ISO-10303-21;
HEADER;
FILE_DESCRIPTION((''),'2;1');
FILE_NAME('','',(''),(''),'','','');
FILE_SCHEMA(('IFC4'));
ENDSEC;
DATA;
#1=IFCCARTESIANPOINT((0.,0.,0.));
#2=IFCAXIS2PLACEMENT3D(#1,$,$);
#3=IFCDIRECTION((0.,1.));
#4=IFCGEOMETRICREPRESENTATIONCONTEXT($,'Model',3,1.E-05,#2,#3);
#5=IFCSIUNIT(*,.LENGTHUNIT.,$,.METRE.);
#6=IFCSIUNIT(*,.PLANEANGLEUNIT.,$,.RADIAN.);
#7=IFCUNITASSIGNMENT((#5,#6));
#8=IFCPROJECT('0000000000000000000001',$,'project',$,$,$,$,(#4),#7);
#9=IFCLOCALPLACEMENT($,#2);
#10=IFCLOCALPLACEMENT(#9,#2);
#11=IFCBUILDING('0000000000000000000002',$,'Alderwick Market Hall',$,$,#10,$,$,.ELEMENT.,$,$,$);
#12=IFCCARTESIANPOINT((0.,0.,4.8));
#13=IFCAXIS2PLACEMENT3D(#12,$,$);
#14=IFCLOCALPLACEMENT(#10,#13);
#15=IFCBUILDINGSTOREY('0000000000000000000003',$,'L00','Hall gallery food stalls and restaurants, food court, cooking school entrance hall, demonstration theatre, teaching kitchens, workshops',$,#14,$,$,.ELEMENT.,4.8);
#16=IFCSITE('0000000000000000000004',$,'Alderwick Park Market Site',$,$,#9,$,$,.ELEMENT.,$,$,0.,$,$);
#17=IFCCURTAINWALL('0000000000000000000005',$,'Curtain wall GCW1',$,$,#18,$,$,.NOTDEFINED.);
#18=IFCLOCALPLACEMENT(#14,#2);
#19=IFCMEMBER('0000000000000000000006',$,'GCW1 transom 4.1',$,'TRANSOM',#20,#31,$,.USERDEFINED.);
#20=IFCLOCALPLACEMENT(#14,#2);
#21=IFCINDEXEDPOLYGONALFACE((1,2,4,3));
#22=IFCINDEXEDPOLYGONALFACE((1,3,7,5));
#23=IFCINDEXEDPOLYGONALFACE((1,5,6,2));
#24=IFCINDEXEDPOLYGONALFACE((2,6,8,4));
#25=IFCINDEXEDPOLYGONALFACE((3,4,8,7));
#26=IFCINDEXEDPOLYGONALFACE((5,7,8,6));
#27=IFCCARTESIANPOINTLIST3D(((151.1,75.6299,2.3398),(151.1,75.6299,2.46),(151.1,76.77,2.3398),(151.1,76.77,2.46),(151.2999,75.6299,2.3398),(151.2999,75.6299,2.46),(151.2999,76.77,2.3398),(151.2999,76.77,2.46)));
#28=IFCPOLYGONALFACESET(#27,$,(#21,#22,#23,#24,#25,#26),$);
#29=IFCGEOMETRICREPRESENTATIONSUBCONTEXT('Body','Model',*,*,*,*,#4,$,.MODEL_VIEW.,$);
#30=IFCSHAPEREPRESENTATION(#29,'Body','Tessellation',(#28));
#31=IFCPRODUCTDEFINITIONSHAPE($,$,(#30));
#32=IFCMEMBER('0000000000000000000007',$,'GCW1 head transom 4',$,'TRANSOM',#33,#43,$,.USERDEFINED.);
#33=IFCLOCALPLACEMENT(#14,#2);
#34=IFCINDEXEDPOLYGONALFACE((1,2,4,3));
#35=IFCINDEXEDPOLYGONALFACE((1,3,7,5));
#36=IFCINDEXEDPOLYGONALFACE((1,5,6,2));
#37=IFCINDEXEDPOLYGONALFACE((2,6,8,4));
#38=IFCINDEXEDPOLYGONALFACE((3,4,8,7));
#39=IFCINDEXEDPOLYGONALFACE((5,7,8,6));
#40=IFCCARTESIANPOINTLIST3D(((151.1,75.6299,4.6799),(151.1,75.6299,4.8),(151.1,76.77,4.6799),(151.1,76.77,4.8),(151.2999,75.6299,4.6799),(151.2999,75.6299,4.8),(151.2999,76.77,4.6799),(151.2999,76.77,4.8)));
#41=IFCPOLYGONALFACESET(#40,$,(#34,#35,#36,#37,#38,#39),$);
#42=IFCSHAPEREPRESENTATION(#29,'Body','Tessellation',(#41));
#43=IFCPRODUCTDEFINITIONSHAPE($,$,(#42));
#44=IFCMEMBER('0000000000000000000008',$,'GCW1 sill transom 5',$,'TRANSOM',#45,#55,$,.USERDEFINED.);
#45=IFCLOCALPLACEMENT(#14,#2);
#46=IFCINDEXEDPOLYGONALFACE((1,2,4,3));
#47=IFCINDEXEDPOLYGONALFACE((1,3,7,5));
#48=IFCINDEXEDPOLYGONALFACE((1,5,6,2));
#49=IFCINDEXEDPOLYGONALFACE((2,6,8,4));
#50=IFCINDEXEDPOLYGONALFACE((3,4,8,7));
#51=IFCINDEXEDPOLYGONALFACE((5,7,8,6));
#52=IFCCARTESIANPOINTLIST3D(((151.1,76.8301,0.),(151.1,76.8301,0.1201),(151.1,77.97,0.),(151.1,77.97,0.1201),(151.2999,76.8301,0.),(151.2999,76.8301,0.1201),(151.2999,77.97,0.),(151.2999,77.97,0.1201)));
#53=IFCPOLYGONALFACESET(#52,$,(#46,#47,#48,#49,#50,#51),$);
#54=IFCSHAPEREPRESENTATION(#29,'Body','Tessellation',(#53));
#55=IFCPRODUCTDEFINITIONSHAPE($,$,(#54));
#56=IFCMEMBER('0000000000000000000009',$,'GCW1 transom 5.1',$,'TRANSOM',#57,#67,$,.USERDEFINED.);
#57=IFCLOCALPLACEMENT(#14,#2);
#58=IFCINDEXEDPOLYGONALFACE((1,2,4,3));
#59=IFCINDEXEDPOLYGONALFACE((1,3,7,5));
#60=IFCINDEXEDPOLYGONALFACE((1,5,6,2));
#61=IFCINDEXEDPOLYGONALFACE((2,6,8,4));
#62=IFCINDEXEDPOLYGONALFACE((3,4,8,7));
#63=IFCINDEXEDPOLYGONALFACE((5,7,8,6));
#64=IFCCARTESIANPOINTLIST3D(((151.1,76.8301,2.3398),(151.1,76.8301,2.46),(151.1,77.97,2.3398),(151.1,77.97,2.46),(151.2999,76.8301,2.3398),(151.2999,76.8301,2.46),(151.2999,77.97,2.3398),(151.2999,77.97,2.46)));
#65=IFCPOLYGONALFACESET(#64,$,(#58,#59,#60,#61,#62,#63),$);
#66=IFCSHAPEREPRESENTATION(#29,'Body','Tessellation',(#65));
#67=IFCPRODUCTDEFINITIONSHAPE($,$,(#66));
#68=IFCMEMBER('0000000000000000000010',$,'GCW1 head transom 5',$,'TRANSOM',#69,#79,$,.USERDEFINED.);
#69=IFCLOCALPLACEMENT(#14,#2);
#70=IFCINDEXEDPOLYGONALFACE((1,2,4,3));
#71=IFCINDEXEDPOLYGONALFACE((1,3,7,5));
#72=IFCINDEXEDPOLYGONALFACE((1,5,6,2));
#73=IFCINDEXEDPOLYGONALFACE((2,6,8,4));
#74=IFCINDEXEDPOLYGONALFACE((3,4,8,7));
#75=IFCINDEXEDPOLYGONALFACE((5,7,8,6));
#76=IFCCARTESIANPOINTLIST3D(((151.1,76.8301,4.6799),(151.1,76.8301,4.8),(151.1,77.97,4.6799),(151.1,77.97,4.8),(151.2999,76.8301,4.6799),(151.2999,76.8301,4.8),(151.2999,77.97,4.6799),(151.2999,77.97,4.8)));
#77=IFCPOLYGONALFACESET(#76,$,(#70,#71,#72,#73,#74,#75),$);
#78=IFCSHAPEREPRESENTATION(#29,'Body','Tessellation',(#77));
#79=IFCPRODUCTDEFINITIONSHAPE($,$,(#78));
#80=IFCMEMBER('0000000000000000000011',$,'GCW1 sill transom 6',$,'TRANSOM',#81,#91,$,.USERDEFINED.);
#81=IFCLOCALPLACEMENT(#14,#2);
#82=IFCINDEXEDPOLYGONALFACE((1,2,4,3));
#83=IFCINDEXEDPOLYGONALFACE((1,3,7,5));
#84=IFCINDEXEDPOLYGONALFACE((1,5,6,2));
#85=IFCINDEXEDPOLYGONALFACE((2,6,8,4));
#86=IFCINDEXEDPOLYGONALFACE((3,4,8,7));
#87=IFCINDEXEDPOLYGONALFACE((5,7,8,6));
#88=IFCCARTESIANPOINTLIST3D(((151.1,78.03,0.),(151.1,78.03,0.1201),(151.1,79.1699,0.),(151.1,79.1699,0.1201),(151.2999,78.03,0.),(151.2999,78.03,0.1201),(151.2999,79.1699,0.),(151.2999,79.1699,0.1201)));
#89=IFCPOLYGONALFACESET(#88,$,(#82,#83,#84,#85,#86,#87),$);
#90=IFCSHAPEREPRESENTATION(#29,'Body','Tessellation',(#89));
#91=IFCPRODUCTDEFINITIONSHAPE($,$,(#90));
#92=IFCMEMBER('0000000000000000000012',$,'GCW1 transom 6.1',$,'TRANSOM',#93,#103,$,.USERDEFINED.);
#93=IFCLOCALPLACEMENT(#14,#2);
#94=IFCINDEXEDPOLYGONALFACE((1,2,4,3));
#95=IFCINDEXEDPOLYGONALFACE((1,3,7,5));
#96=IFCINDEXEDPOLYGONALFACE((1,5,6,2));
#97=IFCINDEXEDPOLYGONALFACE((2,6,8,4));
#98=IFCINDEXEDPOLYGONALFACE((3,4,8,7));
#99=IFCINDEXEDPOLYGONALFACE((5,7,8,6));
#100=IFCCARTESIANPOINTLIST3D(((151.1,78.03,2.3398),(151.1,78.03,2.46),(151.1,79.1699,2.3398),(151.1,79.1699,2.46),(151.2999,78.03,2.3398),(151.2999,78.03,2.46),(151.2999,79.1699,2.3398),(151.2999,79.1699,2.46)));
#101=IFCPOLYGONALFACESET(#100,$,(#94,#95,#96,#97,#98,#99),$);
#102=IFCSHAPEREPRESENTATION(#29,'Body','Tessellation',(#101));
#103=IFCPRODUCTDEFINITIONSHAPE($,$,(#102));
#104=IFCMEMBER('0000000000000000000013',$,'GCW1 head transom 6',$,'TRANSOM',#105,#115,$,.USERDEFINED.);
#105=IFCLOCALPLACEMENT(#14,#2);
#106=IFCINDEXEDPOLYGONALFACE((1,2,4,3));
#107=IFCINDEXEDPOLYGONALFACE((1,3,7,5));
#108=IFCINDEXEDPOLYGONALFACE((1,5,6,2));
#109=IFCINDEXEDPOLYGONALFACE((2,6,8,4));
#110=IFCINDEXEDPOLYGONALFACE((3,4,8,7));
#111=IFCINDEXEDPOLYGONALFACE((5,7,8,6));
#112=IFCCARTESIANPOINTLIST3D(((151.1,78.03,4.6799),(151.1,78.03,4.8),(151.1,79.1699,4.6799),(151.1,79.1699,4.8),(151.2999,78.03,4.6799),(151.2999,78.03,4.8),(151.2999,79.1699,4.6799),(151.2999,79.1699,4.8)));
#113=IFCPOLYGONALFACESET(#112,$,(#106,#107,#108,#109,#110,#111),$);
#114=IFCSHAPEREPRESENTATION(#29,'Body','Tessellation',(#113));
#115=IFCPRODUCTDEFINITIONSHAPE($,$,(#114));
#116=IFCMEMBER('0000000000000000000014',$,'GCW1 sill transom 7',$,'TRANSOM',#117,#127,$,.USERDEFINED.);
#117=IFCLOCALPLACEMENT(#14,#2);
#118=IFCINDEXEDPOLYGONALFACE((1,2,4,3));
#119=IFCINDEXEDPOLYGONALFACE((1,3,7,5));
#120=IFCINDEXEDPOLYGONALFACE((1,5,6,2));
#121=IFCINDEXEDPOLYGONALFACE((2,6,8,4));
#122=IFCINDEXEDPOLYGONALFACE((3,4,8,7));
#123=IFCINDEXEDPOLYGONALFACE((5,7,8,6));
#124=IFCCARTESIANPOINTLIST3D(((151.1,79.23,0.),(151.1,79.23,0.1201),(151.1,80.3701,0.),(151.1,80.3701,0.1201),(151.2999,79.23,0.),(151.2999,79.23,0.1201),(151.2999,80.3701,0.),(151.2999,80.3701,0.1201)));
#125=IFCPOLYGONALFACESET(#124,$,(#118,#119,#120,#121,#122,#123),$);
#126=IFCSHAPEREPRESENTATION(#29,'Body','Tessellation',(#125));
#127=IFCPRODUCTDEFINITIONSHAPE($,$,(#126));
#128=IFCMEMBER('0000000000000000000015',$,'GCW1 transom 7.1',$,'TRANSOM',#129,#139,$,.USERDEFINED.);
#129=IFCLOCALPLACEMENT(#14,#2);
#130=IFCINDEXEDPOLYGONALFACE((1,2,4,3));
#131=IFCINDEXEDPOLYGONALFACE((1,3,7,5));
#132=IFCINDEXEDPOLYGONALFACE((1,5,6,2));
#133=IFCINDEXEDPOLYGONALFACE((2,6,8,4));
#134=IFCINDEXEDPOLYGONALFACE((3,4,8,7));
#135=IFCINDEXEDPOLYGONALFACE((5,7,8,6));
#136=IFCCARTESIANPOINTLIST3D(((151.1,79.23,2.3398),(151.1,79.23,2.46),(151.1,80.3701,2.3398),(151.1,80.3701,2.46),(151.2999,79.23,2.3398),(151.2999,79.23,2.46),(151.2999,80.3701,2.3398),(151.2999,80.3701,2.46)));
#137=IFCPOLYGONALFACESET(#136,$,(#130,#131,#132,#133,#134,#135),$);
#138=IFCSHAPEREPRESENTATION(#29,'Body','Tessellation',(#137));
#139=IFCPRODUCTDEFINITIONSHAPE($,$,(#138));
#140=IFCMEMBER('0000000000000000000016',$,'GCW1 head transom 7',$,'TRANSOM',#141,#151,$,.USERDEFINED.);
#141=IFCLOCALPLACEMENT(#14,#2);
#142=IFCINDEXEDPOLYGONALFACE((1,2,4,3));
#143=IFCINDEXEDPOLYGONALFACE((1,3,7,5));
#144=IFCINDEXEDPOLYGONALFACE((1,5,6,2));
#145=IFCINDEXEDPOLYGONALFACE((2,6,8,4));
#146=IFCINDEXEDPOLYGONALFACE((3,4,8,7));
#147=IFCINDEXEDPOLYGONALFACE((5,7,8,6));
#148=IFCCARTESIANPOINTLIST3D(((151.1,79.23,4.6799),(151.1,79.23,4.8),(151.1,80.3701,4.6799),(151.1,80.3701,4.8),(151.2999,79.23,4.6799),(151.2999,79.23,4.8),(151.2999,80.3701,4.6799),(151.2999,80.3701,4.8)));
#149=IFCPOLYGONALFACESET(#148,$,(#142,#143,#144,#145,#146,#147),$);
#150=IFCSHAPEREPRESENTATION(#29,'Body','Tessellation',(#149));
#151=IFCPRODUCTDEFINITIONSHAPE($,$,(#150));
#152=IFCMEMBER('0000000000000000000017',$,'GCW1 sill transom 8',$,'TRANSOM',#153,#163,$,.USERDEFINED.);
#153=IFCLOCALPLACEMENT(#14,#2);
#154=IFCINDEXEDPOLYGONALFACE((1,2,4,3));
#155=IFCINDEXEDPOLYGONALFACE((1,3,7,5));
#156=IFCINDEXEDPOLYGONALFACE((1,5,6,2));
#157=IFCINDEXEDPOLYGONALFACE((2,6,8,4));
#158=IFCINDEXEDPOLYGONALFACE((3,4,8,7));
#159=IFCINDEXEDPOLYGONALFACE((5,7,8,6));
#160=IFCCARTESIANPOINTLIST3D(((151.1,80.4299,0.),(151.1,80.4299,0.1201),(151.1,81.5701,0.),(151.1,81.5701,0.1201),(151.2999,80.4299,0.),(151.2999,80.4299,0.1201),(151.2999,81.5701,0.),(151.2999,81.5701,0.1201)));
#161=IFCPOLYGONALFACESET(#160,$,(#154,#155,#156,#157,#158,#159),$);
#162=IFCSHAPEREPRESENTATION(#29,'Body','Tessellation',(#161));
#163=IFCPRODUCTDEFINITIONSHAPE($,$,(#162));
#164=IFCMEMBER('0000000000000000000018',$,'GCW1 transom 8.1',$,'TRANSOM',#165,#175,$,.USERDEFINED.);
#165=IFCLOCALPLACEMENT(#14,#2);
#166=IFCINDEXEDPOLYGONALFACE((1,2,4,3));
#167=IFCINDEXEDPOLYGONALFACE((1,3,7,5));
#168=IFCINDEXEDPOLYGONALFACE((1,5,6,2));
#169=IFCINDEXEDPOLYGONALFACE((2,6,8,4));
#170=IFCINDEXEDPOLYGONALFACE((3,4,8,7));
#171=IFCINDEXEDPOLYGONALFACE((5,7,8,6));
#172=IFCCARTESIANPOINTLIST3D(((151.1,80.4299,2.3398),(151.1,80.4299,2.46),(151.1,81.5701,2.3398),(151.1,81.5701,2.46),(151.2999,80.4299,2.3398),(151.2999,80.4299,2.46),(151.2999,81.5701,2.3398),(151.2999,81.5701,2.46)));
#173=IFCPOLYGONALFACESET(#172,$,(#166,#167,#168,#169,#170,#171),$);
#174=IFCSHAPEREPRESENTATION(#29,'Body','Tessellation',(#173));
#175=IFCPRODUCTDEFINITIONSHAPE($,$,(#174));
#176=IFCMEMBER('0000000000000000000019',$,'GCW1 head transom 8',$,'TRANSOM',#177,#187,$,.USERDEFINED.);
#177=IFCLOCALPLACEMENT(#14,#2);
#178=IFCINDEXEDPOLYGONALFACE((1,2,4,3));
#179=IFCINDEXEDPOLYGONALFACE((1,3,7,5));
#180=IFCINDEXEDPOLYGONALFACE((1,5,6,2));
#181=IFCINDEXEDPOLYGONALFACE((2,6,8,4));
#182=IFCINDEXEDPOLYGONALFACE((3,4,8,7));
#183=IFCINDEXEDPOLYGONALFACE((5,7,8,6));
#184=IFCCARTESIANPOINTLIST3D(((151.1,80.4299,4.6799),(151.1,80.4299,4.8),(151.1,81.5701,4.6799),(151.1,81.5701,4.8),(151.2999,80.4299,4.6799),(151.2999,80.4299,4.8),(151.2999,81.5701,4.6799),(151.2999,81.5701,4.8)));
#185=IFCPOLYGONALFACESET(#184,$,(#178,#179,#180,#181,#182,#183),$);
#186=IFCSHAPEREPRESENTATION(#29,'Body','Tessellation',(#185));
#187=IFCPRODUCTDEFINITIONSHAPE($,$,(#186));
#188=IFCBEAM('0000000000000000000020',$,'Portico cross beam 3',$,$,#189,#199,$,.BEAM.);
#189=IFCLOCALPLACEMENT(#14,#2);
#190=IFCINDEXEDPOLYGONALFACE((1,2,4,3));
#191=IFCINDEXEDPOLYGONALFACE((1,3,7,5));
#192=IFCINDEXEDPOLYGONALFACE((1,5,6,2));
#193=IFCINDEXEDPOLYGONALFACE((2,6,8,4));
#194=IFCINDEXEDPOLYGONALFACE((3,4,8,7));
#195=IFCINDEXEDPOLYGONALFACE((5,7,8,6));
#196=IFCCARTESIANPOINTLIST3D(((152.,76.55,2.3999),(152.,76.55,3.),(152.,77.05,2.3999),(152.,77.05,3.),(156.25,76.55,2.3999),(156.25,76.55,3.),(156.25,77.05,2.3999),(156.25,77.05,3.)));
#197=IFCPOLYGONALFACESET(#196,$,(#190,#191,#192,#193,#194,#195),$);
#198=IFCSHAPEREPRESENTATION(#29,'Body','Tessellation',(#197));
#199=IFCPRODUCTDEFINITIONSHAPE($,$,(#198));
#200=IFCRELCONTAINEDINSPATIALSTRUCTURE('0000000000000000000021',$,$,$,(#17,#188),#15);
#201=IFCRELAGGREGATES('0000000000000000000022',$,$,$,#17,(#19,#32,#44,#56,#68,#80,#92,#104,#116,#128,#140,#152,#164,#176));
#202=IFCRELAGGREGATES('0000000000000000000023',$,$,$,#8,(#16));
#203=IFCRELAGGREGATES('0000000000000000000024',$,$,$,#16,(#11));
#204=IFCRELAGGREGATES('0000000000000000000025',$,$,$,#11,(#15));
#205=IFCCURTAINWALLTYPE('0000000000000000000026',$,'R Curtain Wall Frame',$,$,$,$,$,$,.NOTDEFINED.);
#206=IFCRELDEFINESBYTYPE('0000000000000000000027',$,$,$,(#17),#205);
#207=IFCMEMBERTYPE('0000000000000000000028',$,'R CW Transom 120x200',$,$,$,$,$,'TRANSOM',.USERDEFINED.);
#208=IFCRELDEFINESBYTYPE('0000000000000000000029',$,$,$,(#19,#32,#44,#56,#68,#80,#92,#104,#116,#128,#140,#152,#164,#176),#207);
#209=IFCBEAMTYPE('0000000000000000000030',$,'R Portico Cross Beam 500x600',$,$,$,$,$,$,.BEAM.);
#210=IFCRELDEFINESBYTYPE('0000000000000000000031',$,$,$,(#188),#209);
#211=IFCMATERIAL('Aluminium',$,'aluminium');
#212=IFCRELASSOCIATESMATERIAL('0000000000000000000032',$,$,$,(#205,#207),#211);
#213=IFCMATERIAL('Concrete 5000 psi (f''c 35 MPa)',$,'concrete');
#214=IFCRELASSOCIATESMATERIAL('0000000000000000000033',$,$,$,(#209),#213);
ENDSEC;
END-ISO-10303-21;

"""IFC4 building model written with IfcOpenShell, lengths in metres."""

from ifc_helpers import new_model, si_unit, direction, frame, origin, origin_2d, place, context, subcontext, project, spatial, rectangle, extrude, material, material_profile, profile_set, type_object, element, aggregate, save


model = new_model("IFC4")

# Units and contexts
model_context = context("Model", 3, precision=1e-05, world=origin(), true_north=direction((0.0, 1.0)))
body_context = subcontext(model_context, "Body", "Model", "MODEL_VIEW")
ifc_project = project(units=[si_unit("LENGTHUNIT", "METRE"), si_unit("PLANEANGLEUNIT", "RADIAN")], contexts=[model_context])

# Site, building, storey
site_placement = place(None, origin())
site = spatial("IfcSite", under=ifc_project, at=site_placement, Name="Alderwick Park Market Site", CompositionType="ELEMENT", RefElevation=0.0)
building_placement = place(site_placement, origin())
building = spatial("IfcBuilding", under=site, at=building_placement, Name="Alderwick Market Hall", CompositionType="ELEMENT")
storey_placement = place(building_placement, frame((0.0, 0.0, 4.8)))
storey = spatial("IfcBuildingStorey", under=building, at=storey_placement, Name="L00", Description="Hall gallery food stalls and restaurants, food court, cooking school entrance hall, demonstration theatre, teaching kitchens, workshops", CompositionType="ELEMENT", Elevation=4.8)

# Shared definitions
ifc_material_1 = material(Name="Concrete 5000 psi (f'c 35 MPa)", Category="concrete")

# Curtain wall, members
ifc_material_2 = material(Name="Aluminium", Category="aluminium")
curtain_wall_type = type_object("IfcCurtainWallType", Name="R Curtain Wall Frame", PredefinedType="NOTDEFINED", material=ifc_material_2)
curtain_wall_placement = place(storey_placement, origin())
curtain_wall = element("IfcCurtainWall", 1, at=curtain_wall_placement, inside=storey, type_object=curtain_wall_type, Name="Curtain wall GCW1", PredefinedType="NOTDEFINED")
ifc_material_profile_1 = material_profile(ifc_material_2, rectangle(XDim=0.2, YDim=0.1201, at=origin_2d()), Name="AL 120x200")
ifc_profile_set_1 = profile_set([ifc_material_profile_1], Name="Aluminium")
member_type_1 = type_object("IfcMemberType", Name="R CW Transom 120x200", ElementType="TRANSOM", PredefinedType="USERDEFINED", material=ifc_profile_set_1)
member_1_placement = place(storey_placement, frame((151.2, 75.6299, 2.3999), z_axis=(0.0, 1.0, 0.0), x_axis=(-1.0, 0.0, 0.0)))
member_1 = element("IfcMember", 2, at=member_1_placement, type_object=member_type_1, Name="GCW1 transom 4.1", ObjectType="TRANSOM", PredefinedType="USERDEFINED", context=body_context, shape_type="SweptSolid", body=[
    extrude(rectangle(XDim=0.2, YDim=0.1201, at=origin_2d()), origin(), (0.0, 0.0, 1.0), 1.1401),
])
member_2_placement = place(storey_placement, frame((151.2, 75.6299, 4.74), z_axis=(0.0, 1.0, 0.0), x_axis=(-1.0, 0.0, 0.0)))
member_2 = element("IfcMember", 3, at=member_2_placement, type_object=member_type_1, Name="GCW1 head transom 4", ObjectType="TRANSOM", PredefinedType="USERDEFINED", context=body_context, shape_type="SweptSolid", body=[
    extrude(rectangle(XDim=0.2, YDim=0.1201, at=origin_2d()), origin(), (0.0, 0.0, 1.0), 1.1401),
])
member_3_placement = place(storey_placement, frame((151.2, 76.8301, 0.0601), z_axis=(0.0, 1.0, 0.0), x_axis=(-1.0, 0.0, 0.0)))
member_3 = element("IfcMember", 4, at=member_3_placement, type_object=member_type_1, Name="GCW1 sill transom 5", ObjectType="TRANSOM", PredefinedType="USERDEFINED", context=body_context, shape_type="SweptSolid", body=[
    extrude(rectangle(XDim=0.2, YDim=0.1201, at=origin_2d()), origin(), (0.0, 0.0, 1.0), 1.1399),
])
member_4_placement = place(storey_placement, frame((151.2, 76.8301, 2.3999), z_axis=(0.0, 1.0, 0.0), x_axis=(-1.0, 0.0, 0.0)))
member_4 = element("IfcMember", 5, at=member_4_placement, type_object=member_type_1, Name="GCW1 transom 5.1", ObjectType="TRANSOM", PredefinedType="USERDEFINED", context=body_context, shape_type="SweptSolid", body=[
    extrude(rectangle(XDim=0.2, YDim=0.1201, at=origin_2d()), origin(), (0.0, 0.0, 1.0), 1.1399),
])
member_5_placement = place(storey_placement, frame((151.2, 76.8301, 4.74), z_axis=(0.0, 1.0, 0.0), x_axis=(-1.0, 0.0, 0.0)))
member_5 = element("IfcMember", 6, at=member_5_placement, type_object=member_type_1, Name="GCW1 head transom 5", ObjectType="TRANSOM", PredefinedType="USERDEFINED", context=body_context, shape_type="SweptSolid", body=[
    extrude(rectangle(XDim=0.2, YDim=0.1201, at=origin_2d()), origin(), (0.0, 0.0, 1.0), 1.1399),
])
member_6_placement = place(storey_placement, frame((151.2, 78.03, 0.0601), z_axis=(0.0, 1.0, 0.0), x_axis=(-1.0, 0.0, 0.0)))
member_6 = element("IfcMember", 7, at=member_6_placement, type_object=member_type_1, Name="GCW1 sill transom 6", ObjectType="TRANSOM", PredefinedType="USERDEFINED", context=body_context, shape_type="SweptSolid", body=[
    extrude(rectangle(XDim=0.2, YDim=0.1201, at=origin_2d()), origin(), (0.0, 0.0, 1.0), 1.1399),
])
member_7_placement = place(storey_placement, frame((151.2, 78.03, 2.3999), z_axis=(0.0, 1.0, 0.0), x_axis=(-1.0, 0.0, 0.0)))
member_7 = element("IfcMember", 8, at=member_7_placement, type_object=member_type_1, Name="GCW1 transom 6.1", ObjectType="TRANSOM", PredefinedType="USERDEFINED", context=body_context, shape_type="SweptSolid", body=[
    extrude(rectangle(XDim=0.2, YDim=0.1201, at=origin_2d()), origin(), (0.0, 0.0, 1.0), 1.1399),
])
member_8_placement = place(storey_placement, frame((151.2, 78.03, 4.74), z_axis=(0.0, 1.0, 0.0), x_axis=(-1.0, 0.0, 0.0)))
member_8 = element("IfcMember", 9, at=member_8_placement, type_object=member_type_1, Name="GCW1 head transom 6", ObjectType="TRANSOM", PredefinedType="USERDEFINED", context=body_context, shape_type="SweptSolid", body=[
    extrude(rectangle(XDim=0.2, YDim=0.1201, at=origin_2d()), origin(), (0.0, 0.0, 1.0), 1.1399),
])
member_9_placement = place(storey_placement, frame((151.2, 79.23, 0.0601), z_axis=(0.0, 1.0, 0.0), x_axis=(-1.0, 0.0, 0.0)))
member_9 = element("IfcMember", 10, at=member_9_placement, type_object=member_type_1, Name="GCW1 sill transom 7", ObjectType="TRANSOM", PredefinedType="USERDEFINED", context=body_context, shape_type="SweptSolid", body=[
    extrude(rectangle(XDim=0.2, YDim=0.1201, at=origin_2d()), origin(), (0.0, 0.0, 1.0), 1.1401),
])
member_10_placement = place(storey_placement, frame((151.2, 79.23, 2.3999), z_axis=(0.0, 1.0, 0.0), x_axis=(-1.0, 0.0, 0.0)))
member_10 = element("IfcMember", 11, at=member_10_placement, type_object=member_type_1, Name="GCW1 transom 7.1", ObjectType="TRANSOM", PredefinedType="USERDEFINED", context=body_context, shape_type="SweptSolid", body=[
    extrude(rectangle(XDim=0.2, YDim=0.1201, at=origin_2d()), origin(), (0.0, 0.0, 1.0), 1.1401),
])
member_11_placement = place(storey_placement, frame((151.2, 79.23, 4.74), z_axis=(0.0, 1.0, 0.0), x_axis=(-1.0, 0.0, 0.0)))
member_11 = element("IfcMember", 12, at=member_11_placement, type_object=member_type_1, Name="GCW1 head transom 7", ObjectType="TRANSOM", PredefinedType="USERDEFINED", context=body_context, shape_type="SweptSolid", body=[
    extrude(rectangle(XDim=0.2, YDim=0.1201, at=origin_2d()), origin(), (0.0, 0.0, 1.0), 1.1401),
])
member_12_placement = place(storey_placement, frame((151.2, 80.4299, 0.0601), z_axis=(0.0, 1.0, 0.0), x_axis=(-1.0, 0.0, 0.0)))
member_12 = element("IfcMember", 13, at=member_12_placement, type_object=member_type_1, Name="GCW1 sill transom 8", ObjectType="TRANSOM", PredefinedType="USERDEFINED", context=body_context, shape_type="SweptSolid", body=[
    extrude(rectangle(XDim=0.2, YDim=0.1201, at=origin_2d()), origin(), (0.0, 0.0, 1.0), 1.1401),
])
member_13_placement = place(storey_placement, frame((151.2, 80.4299, 2.3999), z_axis=(0.0, 1.0, 0.0), x_axis=(-1.0, 0.0, 0.0)))
member_13 = element("IfcMember", 14, at=member_13_placement, type_object=member_type_1, Name="GCW1 transom 8.1", ObjectType="TRANSOM", PredefinedType="USERDEFINED", context=body_context, shape_type="SweptSolid", body=[
    extrude(rectangle(XDim=0.2, YDim=0.1201, at=origin_2d()), origin(), (0.0, 0.0, 1.0), 1.1401),
])
member_14_placement = place(storey_placement, frame((151.2, 80.4299, 4.74), z_axis=(0.0, 1.0, 0.0), x_axis=(-1.0, 0.0, 0.0)))
member_14 = element("IfcMember", 15, at=member_14_placement, type_object=member_type_1, Name="GCW1 head transom 8", ObjectType="TRANSOM", PredefinedType="USERDEFINED", context=body_context, shape_type="SweptSolid", body=[
    extrude(rectangle(XDim=0.2, YDim=0.1201, at=origin_2d()), origin(), (0.0, 0.0, 1.0), 1.1401),
])

# Beam
ifc_material_profile_2 = material_profile(ifc_material_1, rectangle(XDim=0.5, YDim=0.6001, at=origin_2d()), Name="RC 500x600")
ifc_profile_set_2 = profile_set([ifc_material_profile_2], Name="Concrete 5000 psi (f'c 35 MPa)")
beam_type = type_object("IfcBeamType", Name="R Portico Cross Beam 500x600", PredefinedType="BEAM", material=ifc_profile_set_2)
beam_placement = place(storey_placement, frame((152.0, 76.8, 2.7), z_axis=(1.0, 0.0, 0.0), x_axis=(0.0, 1.0, 0.0)))
element("IfcBeam", 16, at=beam_placement, inside=storey, type_object=beam_type, Name="Portico cross beam 3", PredefinedType="BEAM", context=body_context, shape_type="SweptSolid", body=[
    extrude(rectangle(XDim=0.5, YDim=0.6001, at=origin_2d()), origin(), (0.0, 0.0, 1.0), 4.25),
])

aggregate(curtain_wall, [member_1, member_2, member_3, member_4, member_5, member_6, member_7, member_8, member_9, member_10, member_11, member_12, member_13, member_14])

save(model, "model.ifc")
